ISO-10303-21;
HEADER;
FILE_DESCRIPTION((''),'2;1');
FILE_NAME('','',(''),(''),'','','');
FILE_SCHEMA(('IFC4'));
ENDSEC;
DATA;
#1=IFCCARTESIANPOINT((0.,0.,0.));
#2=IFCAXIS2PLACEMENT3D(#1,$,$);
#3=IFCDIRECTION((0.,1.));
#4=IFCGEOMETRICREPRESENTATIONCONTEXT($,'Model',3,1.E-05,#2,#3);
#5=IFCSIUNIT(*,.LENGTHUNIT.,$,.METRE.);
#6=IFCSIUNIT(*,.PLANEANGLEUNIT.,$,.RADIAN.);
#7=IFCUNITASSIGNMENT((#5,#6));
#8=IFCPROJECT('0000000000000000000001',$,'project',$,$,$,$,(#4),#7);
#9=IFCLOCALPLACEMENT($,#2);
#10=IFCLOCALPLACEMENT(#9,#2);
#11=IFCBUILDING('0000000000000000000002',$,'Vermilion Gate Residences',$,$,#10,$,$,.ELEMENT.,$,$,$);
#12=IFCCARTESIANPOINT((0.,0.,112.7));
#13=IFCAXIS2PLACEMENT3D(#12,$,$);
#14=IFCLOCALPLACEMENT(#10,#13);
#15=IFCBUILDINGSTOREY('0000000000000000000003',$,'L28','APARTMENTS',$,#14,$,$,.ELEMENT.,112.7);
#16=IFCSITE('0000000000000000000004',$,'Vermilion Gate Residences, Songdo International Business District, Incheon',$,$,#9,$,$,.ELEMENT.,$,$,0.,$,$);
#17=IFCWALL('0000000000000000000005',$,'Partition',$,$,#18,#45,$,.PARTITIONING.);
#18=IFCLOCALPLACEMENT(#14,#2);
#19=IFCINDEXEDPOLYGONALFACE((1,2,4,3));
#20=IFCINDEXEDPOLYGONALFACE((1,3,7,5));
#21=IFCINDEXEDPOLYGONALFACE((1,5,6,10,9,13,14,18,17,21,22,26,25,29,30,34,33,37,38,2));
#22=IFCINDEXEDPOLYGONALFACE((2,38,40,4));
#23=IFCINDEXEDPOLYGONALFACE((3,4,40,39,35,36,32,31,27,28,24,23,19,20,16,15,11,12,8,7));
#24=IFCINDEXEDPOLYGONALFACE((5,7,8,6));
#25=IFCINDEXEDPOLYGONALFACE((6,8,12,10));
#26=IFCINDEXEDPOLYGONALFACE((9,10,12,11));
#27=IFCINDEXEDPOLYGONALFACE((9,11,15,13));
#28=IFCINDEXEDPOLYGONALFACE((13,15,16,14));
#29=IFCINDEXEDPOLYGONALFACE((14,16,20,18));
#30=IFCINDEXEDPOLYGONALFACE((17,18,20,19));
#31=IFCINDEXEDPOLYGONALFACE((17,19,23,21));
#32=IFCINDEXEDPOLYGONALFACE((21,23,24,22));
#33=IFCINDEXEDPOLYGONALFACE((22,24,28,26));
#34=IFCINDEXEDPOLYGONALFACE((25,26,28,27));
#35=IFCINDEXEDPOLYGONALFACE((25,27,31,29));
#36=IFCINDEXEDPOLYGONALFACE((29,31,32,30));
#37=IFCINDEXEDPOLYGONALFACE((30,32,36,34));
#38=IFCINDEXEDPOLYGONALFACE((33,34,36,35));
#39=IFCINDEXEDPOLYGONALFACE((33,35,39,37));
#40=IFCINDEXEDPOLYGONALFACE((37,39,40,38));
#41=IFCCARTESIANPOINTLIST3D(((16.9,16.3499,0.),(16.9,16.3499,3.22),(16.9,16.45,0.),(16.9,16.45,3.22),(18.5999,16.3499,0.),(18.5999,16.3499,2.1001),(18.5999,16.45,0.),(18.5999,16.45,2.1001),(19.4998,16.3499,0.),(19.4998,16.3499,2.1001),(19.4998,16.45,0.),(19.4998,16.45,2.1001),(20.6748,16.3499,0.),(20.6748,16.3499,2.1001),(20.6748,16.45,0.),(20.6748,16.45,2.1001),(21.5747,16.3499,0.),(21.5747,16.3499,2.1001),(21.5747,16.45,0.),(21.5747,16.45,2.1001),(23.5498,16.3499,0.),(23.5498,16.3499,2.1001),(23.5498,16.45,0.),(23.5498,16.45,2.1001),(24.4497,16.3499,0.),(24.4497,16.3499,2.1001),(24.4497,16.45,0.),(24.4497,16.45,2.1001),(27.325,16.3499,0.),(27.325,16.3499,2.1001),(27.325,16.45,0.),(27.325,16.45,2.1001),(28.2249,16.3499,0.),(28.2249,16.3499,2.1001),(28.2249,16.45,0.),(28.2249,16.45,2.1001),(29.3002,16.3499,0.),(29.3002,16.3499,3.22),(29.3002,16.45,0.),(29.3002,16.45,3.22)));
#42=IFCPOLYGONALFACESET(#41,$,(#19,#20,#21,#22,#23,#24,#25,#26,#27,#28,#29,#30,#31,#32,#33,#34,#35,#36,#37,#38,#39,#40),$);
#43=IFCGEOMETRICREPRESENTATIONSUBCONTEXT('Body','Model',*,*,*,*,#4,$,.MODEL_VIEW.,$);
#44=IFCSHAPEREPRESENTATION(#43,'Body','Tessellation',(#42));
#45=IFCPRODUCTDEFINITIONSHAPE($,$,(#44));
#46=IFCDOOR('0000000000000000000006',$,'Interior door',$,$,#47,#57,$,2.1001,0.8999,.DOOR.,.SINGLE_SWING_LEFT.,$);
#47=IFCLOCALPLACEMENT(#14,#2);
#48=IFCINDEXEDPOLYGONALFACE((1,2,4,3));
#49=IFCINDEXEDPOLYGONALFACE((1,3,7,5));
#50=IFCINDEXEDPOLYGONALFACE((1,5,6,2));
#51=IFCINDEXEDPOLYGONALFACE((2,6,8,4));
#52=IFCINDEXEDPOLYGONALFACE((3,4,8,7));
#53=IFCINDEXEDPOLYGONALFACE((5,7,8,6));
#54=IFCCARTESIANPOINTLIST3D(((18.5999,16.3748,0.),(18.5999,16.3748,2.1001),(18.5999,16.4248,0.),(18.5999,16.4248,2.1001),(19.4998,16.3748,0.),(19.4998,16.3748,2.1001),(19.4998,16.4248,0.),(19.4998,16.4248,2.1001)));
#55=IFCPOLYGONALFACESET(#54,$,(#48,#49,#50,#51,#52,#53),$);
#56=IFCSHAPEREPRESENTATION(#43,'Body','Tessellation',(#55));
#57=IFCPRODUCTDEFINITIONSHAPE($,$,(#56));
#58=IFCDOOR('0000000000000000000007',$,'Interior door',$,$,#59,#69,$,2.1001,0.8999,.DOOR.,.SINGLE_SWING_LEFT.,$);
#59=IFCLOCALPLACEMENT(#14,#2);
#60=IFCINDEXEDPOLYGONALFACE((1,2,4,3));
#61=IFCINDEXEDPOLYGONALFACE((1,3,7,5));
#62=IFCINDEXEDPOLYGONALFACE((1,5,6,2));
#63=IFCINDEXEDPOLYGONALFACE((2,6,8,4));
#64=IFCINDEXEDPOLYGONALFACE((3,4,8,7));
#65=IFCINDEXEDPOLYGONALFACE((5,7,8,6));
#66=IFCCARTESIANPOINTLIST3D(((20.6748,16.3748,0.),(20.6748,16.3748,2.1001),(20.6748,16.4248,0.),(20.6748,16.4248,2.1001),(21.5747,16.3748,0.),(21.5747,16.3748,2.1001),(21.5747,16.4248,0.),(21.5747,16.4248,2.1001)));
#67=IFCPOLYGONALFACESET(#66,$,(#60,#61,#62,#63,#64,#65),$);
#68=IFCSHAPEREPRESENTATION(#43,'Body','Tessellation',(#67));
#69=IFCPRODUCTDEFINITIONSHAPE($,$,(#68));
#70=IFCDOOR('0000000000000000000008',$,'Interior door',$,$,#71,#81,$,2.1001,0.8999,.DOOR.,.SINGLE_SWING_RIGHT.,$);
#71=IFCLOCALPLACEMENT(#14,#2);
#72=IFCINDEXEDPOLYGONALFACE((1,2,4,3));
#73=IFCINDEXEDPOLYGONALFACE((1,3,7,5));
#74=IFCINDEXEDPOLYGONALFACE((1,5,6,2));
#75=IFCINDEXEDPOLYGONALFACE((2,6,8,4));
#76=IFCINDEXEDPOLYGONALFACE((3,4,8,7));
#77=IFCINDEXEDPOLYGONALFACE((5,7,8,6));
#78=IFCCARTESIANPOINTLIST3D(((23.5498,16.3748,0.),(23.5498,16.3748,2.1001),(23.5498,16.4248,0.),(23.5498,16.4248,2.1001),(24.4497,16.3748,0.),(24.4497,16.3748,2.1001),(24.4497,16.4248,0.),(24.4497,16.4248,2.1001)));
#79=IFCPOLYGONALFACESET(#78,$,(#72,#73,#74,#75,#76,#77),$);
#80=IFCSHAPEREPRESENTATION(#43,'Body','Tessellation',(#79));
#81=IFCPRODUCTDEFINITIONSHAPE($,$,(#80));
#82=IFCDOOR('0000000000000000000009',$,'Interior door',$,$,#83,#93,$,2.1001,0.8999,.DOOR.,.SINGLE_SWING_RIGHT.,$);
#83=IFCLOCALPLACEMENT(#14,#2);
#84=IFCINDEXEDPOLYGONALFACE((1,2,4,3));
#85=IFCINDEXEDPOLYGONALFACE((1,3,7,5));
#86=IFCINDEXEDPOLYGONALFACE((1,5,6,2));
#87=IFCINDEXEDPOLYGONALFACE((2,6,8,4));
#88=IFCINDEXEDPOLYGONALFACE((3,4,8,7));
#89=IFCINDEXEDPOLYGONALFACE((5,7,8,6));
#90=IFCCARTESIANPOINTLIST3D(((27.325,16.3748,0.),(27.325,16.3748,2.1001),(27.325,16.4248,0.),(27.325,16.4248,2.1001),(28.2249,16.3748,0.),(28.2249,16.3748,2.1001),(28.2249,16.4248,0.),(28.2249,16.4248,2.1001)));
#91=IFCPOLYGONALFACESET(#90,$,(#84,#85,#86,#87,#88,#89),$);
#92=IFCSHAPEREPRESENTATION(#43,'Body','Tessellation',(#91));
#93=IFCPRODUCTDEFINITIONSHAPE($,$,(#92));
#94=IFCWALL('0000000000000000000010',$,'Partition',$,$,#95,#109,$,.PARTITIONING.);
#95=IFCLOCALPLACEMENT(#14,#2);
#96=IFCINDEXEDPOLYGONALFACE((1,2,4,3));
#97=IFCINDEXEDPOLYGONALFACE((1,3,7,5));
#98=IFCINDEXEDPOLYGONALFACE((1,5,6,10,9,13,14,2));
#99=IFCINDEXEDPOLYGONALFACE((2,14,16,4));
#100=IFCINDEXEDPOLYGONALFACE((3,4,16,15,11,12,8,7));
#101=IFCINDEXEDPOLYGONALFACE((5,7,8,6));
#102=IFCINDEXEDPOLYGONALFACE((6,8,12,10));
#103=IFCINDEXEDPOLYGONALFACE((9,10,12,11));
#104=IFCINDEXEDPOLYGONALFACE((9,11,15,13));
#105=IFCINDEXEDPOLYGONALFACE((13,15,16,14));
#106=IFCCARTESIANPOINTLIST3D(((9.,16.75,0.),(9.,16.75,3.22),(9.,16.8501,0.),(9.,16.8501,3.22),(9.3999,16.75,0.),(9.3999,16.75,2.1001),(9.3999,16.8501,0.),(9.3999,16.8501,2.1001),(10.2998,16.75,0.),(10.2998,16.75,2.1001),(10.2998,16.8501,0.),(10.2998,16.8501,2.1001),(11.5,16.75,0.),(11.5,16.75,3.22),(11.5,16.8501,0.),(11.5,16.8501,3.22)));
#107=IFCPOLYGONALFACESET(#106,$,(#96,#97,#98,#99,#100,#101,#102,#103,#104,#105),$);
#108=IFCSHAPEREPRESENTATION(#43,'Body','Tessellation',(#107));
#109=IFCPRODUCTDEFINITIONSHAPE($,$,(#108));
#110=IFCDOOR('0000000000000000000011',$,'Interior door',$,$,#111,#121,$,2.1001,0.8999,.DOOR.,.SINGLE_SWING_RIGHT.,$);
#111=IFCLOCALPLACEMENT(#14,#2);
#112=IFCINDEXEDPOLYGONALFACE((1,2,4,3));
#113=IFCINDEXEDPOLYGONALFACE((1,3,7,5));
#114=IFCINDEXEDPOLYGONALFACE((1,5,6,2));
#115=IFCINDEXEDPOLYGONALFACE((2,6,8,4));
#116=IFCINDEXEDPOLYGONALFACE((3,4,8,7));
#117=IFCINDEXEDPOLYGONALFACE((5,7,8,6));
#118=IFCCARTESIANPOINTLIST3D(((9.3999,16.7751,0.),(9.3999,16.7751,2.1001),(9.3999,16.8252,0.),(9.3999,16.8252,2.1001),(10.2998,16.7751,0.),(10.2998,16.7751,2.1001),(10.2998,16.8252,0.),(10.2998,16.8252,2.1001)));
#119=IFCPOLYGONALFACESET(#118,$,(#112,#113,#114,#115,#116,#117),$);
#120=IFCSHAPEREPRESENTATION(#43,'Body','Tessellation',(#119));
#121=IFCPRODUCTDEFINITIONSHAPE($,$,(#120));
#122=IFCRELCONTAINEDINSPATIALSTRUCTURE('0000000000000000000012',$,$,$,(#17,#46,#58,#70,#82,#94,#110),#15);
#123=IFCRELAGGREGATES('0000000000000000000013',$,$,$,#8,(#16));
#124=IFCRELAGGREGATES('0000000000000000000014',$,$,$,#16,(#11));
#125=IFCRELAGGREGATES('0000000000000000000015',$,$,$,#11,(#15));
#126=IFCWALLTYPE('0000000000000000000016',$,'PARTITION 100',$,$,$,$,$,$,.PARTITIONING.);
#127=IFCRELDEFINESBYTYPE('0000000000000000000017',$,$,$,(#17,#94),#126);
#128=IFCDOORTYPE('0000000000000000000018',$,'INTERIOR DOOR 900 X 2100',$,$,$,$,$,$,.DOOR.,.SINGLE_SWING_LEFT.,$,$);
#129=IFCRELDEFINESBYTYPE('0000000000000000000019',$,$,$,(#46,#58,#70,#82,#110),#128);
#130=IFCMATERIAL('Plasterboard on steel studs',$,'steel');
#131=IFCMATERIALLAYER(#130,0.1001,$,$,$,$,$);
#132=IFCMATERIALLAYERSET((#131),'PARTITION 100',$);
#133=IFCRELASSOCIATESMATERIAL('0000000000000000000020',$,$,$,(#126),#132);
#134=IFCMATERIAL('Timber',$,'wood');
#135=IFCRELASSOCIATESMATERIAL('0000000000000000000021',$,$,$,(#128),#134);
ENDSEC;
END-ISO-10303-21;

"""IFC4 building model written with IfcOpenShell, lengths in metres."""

from ifc_helpers import new_model, si_unit, direction, frame, frame_2d, origin, place, context, subcontext, project, spatial, rectangle, extrude, material, layer, layer_set, type_object, element, fill, save


model = new_model("IFC4")

# Units and contexts
model_context = context("Model", 3, precision=1e-05, world=origin(), true_north=direction((0.0, 1.0)))
body_context = subcontext(model_context, "Body", "Model", "MODEL_VIEW")
ifc_project = project(units=[si_unit("LENGTHUNIT", "METRE"), si_unit("PLANEANGLEUNIT", "RADIAN")], contexts=[model_context])

# Site, building, storey
site_placement = place(None, origin())
site = spatial("IfcSite", under=ifc_project, at=site_placement, Name="Vermilion Gate Residences, Songdo International Business District, Incheon", CompositionType="ELEMENT", RefElevation=0.0)
building_placement = place(site_placement, origin())
building = spatial("IfcBuilding", under=site, at=building_placement, Name="Vermilion Gate Residences", CompositionType="ELEMENT")
storey_placement = place(building_placement, frame((0.0, 0.0, 112.7)))
storey = spatial("IfcBuildingStorey", under=building, at=storey_placement, Name="L28", Description="APARTMENTS", CompositionType="ELEMENT", Elevation=112.7)

# Wall, openings, doors
ifc_material_1 = material(Name="Plasterboard on steel studs", Category="steel")
ifc_layer_1 = layer(ifc_material_1, 0.1001)
ifc_layer_set_1 = layer_set([ifc_layer_1], Name="PARTITION 100")
wall_type_1 = type_object("IfcWallType", Name="PARTITION 100", PredefinedType="PARTITIONING", material=ifc_layer_set_1)
wall_1_placement = place(storey_placement, frame((16.8999, 16.3999, 0.0), z_axis=(0.0, 0.0, 1.0), x_axis=(1.0, 0.0, 0.0)))
wall_1 = element("IfcWall", 1, at=wall_1_placement, inside=storey, type_object=wall_type_1, Name="Partition", PredefinedType="PARTITIONING", context=body_context, shape_type="SweptSolid", body=[
    extrude(rectangle(XDim=12.4001, YDim=0.1001, at=frame_2d((6.2002, 0.0))), origin(), (0.0, 0.0, 1.0), 3.22),
])
opening_1_placement = place(wall_1_placement, frame((1.7, 0.0, 0.0)))
opening_1 = element("IfcOpeningElement", 2, at=opening_1_placement, cuts=wall_1, PredefinedType="OPENING", context=body_context, shape_type="SweptSolid", body=[
    extrude(rectangle(XDim=0.8999, YDim=2.1001, at=frame_2d((0.45, 1.05))), frame((0.0, 0.0601, 0.0), z_axis=(0.0, -1.0, 0.0), x_axis=(1.0, 0.0, 0.0)), (0.0, 0.0, 1.0), 0.1201),
])
opening_2_placement = place(wall_1_placement, frame((3.7749, 0.0, 0.0)))
opening_2 = element("IfcOpeningElement", 3, at=opening_2_placement, cuts=wall_1, PredefinedType="OPENING", context=body_context, shape_type="SweptSolid", body=[
    extrude(rectangle(XDim=0.8999, YDim=2.1001, at=frame_2d((0.45, 1.05))), frame((0.0, 0.0601, 0.0), z_axis=(0.0, -1.0, 0.0), x_axis=(1.0, 0.0, 0.0)), (0.0, 0.0, 1.0), 0.1201),
])
opening_3_placement = place(wall_1_placement, frame((6.6499, 0.0, 0.0)))
opening_3 = element("IfcOpeningElement", 4, at=opening_3_placement, cuts=wall_1, PredefinedType="OPENING", context=body_context, shape_type="SweptSolid", body=[
    extrude(rectangle(XDim=0.8999, YDim=2.1001, at=frame_2d((0.45, 1.05))), frame((0.0, 0.0601, 0.0), z_axis=(0.0, -1.0, 0.0), x_axis=(1.0, 0.0, 0.0)), (0.0, 0.0, 1.0), 0.1201),
])
opening_4_placement = place(wall_1_placement, frame((10.425, 0.0, 0.0)))
opening_4 = element("IfcOpeningElement", 5, at=opening_4_placement, cuts=wall_1, PredefinedType="OPENING", context=body_context, shape_type="SweptSolid", body=[
    extrude(rectangle(XDim=0.8999, YDim=2.1001, at=frame_2d((0.45, 1.05))), frame((0.0, 0.0601, 0.0), z_axis=(0.0, -1.0, 0.0), x_axis=(1.0, 0.0, 0.0)), (0.0, 0.0, 1.0), 0.1201),
])
ifc_material_2 = material(Name="Timber", Category="wood")
door_type_1 = type_object("IfcDoorType", Name="INTERIOR DOOR 900 X 2100", OperationType="SINGLE_SWING_LEFT", PredefinedType="DOOR", material=ifc_material_2)
door_1_placement = place(opening_1_placement, origin())
door_1 = element("IfcDoor", 6, at=door_1_placement, inside=storey, type_object=door_type_1, Name="Interior door", OperationType="SINGLE_SWING_LEFT", OverallHeight=2.1001, OverallWidth=0.8999, PredefinedType="DOOR", context=body_context, shape_type="SweptSolid", body=[
    extrude(rectangle(XDim=0.8999, YDim=2.1001, at=frame_2d((0.45, 1.05))), frame((0.0, 0.0249, 0.0), z_axis=(0.0, -1.0, 0.0), x_axis=(1.0, 0.0, 0.0)), (0.0, 0.0, 1.0), 0.05),
])
fill(opening_1, door_1)
door_2_placement = place(opening_2_placement, origin())
door_2 = element("IfcDoor", 7, at=door_2_placement, inside=storey, type_object=door_type_1, Name="Interior door", OperationType="SINGLE_SWING_LEFT", OverallHeight=2.1001, OverallWidth=0.8999, PredefinedType="DOOR", context=body_context, shape_type="SweptSolid", body=[
    extrude(rectangle(XDim=0.8999, YDim=2.1001, at=frame_2d((0.45, 1.05))), frame((0.0, 0.0249, 0.0), z_axis=(0.0, -1.0, 0.0), x_axis=(1.0, 0.0, 0.0)), (0.0, 0.0, 1.0), 0.05),
])
fill(opening_2, door_2)
door_3_placement = place(opening_3_placement, origin())
door_3 = element("IfcDoor", 8, at=door_3_placement, inside=storey, type_object=door_type_1, Name="Interior door", OperationType="SINGLE_SWING_RIGHT", OverallHeight=2.1001, OverallWidth=0.8999, PredefinedType="DOOR", context=body_context, shape_type="SweptSolid", body=[
    extrude(rectangle(XDim=0.8999, YDim=2.1001, at=frame_2d((0.45, 1.05))), frame((0.0, 0.0249, 0.0), z_axis=(0.0, -1.0, 0.0), x_axis=(1.0, 0.0, 0.0)), (0.0, 0.0, 1.0), 0.05),
])
fill(opening_3, door_3)
door_4_placement = place(opening_4_placement, origin())
door_4 = element("IfcDoor", 9, at=door_4_placement, inside=storey, type_object=door_type_1, Name="Interior door", OperationType="SINGLE_SWING_RIGHT", OverallHeight=2.1001, OverallWidth=0.8999, PredefinedType="DOOR", context=body_context, shape_type="SweptSolid", body=[
    extrude(rectangle(XDim=0.8999, YDim=2.1001, at=frame_2d((0.45, 1.05))), frame((0.0, 0.0249, 0.0), z_axis=(0.0, -1.0, 0.0), x_axis=(1.0, 0.0, 0.0)), (0.0, 0.0, 1.0), 0.05),
])
fill(opening_4, door_4)

# Wall, opening, door
wall_2_placement = place(storey_placement, frame((9.0, 16.8, 0.0), z_axis=(0.0, 0.0, 1.0), x_axis=(1.0, 0.0, 0.0)))
wall_2 = element("IfcWall", 10, at=wall_2_placement, inside=storey, type_object=wall_type_1, Name="Partition", PredefinedType="PARTITIONING", context=body_context, shape_type="SweptSolid", body=[
    extrude(rectangle(XDim=2.5, YDim=0.1001, at=frame_2d((1.25, 0.0))), origin(), (0.0, 0.0, 1.0), 3.22),
])
opening_5_placement = place(wall_2_placement, frame((0.3999, 0.0, 0.0)))
opening_5 = element("IfcOpeningElement", 11, at=opening_5_placement, cuts=wall_2, PredefinedType="OPENING", context=body_context, shape_type="SweptSolid", body=[
    extrude(rectangle(XDim=0.8999, YDim=2.1001, at=frame_2d((0.45, 1.05))), frame((0.0, 0.0601, 0.0), z_axis=(0.0, -1.0, 0.0), x_axis=(1.0, 0.0, 0.0)), (0.0, 0.0, 1.0), 0.1201),
])
door_5_placement = place(opening_5_placement, frame((0.8999, 0.0, 0.0), z_axis=(0.0, 0.0, 1.0), x_axis=(-1.0, 0.0, 0.0)))
door_5 = element("IfcDoor", 12, at=door_5_placement, inside=storey, type_object=door_type_1, Name="Interior door", OperationType="SINGLE_SWING_RIGHT", OverallHeight=2.1001, OverallWidth=0.8999, PredefinedType="DOOR", context=body_context, shape_type="SweptSolid", body=[
    extrude(rectangle(XDim=0.8999, YDim=2.1001, at=frame_2d((0.45, 1.05))), frame((0.0, 0.0249, 0.0), z_axis=(0.0, -1.0, 0.0), x_axis=(1.0, 0.0, 0.0)), (0.0, 0.0, 1.0), 0.05),
])
fill(opening_5, door_5)

save(model, "model.ifc")
